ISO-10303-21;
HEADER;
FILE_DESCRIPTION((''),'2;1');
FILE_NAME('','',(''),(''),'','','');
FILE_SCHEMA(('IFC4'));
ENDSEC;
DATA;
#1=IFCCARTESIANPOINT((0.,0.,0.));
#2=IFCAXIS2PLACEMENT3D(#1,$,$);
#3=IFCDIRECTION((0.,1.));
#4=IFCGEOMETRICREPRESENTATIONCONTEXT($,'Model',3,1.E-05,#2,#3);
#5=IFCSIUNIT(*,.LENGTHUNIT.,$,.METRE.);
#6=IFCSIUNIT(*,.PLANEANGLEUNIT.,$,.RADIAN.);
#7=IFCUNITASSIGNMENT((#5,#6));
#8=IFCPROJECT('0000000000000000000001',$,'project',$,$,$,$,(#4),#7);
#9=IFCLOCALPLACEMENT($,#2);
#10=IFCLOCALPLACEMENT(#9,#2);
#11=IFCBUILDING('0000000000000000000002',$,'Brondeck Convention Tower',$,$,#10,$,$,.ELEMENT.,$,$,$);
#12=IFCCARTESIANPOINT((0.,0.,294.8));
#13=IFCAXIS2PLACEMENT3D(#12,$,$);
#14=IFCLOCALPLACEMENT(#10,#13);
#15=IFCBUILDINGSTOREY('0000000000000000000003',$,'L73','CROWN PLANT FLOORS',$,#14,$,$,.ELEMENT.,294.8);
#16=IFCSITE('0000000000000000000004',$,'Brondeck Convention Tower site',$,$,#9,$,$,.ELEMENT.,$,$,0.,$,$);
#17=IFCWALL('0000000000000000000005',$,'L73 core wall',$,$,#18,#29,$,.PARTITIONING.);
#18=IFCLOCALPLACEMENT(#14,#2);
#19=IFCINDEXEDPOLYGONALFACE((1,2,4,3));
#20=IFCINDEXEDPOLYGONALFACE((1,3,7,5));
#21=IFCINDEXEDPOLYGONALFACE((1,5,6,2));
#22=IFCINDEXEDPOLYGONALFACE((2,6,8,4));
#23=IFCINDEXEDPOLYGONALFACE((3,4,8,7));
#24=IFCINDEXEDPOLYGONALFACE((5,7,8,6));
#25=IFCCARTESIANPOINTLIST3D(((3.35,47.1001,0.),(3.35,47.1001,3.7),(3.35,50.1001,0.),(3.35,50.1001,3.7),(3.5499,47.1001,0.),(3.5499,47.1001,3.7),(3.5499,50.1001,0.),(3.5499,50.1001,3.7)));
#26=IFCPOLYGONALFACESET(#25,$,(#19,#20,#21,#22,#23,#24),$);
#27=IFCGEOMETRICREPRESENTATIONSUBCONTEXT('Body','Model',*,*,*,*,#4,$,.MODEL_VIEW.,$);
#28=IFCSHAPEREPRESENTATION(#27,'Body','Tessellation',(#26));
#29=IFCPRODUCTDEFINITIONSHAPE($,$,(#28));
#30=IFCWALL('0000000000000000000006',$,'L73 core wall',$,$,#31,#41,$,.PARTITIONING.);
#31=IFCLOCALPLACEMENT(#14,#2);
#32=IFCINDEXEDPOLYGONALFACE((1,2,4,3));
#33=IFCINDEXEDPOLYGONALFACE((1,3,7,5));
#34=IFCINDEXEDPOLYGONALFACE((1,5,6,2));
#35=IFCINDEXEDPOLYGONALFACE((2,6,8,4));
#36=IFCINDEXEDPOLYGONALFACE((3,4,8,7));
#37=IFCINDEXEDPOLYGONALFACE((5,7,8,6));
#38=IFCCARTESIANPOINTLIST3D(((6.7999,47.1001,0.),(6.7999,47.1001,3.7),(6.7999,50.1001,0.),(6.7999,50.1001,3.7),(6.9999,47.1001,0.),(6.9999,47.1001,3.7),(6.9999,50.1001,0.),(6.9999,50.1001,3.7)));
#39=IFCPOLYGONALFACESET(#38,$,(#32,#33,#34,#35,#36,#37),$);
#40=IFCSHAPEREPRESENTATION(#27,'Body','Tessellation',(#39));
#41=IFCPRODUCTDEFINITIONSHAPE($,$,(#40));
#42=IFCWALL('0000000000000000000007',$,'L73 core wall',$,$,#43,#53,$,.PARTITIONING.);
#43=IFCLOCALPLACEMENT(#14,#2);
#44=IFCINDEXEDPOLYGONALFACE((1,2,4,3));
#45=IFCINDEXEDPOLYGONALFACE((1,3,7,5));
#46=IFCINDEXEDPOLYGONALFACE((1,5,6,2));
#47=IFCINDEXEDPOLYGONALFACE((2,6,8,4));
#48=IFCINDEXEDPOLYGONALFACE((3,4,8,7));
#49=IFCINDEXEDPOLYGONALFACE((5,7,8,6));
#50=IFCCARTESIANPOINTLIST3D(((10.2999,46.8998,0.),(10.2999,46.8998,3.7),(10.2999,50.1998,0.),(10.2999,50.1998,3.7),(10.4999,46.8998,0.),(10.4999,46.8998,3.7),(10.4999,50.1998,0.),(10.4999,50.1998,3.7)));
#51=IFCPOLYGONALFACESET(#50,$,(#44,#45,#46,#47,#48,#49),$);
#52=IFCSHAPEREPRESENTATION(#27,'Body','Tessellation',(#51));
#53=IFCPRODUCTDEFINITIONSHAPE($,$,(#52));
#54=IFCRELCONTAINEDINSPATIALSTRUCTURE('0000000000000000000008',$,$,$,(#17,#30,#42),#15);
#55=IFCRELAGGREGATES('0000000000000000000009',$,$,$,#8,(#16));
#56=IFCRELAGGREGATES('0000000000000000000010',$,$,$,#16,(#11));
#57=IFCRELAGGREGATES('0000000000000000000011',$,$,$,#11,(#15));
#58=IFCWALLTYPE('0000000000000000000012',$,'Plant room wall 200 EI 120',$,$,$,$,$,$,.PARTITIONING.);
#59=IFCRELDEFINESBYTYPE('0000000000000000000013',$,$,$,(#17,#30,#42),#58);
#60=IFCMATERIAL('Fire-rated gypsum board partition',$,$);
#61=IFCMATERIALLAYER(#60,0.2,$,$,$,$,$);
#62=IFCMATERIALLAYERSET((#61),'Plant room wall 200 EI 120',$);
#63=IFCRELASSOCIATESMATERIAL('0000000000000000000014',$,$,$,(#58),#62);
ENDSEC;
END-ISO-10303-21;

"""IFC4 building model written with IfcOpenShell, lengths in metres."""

from ifc_helpers import new_model, si_unit, direction, frame, frame_2d, origin, place, context, subcontext, project, spatial, rectangle, extrude, material, layer, layer_set, type_object, element, save


model = new_model("IFC4")

# Units and contexts
model_context = context("Model", 3, precision=1e-05, world=origin(), true_north=direction((0.0, 1.0)))
body_context = subcontext(model_context, "Body", "Model", "MODEL_VIEW")
ifc_project = project(units=[si_unit("LENGTHUNIT", "METRE"), si_unit("PLANEANGLEUNIT", "RADIAN")], contexts=[model_context])

# Site, building, storey
site_placement = place(None, origin())
site = spatial("IfcSite", under=ifc_project, at=site_placement, Name="Brondeck Convention Tower site", CompositionType="ELEMENT", RefElevation=0.0)
building_placement = place(site_placement, origin())
building = spatial("IfcBuilding", under=site, at=building_placement, Name="Brondeck Convention Tower", CompositionType="ELEMENT")
storey_placement = place(building_placement, frame((0.0, 0.0, 294.8)))
storey = spatial("IfcBuildingStorey", under=building, at=storey_placement, Name="L73", Description="CROWN PLANT FLOORS", CompositionType="ELEMENT", Elevation=294.8)

# Shared definitions
ifc_material_1 = material(Name="Fire-rated gypsum board partition")

# Shared definitions
ifc_layer_1 = layer(ifc_material_1, 0.2)
ifc_layer_set_1 = layer_set([ifc_layer_1], Name="Plant room wall 200 EI 120")
wall_type_1 = type_object("IfcWallType", Name="Plant room wall 200 EI 120", PredefinedType="PARTITIONING", material=ifc_layer_set_1)

# Walls
for number, where, z_axis, x_axis, name in (
    (1, (3.45, 47.1001, 0.0), (0.0, 0.0, 1.0), (0.0, 1.0, 0.0), "L73 core wall"),
    (2, (6.8999, 47.1001, 0.0), (0.0, 0.0, 1.0), (0.0, 1.0, 0.0), "L73 core wall"),
):
    element("IfcWall", number, at=place(storey_placement, frame(where, z_axis=z_axis, x_axis=x_axis)), inside=storey, type_object=wall_type_1, Name=name, PredefinedType="PARTITIONING", context=body_context, shape_type="SweptSolid", body=[
        extrude(rectangle(XDim=3.0, YDim=0.2, at=frame_2d((1.5, 0.0))), origin(), (0.0, 0.0, 1.0), 3.7),
    ])
wall_1_placement = place(storey_placement, frame((10.3999, 46.8999, 0.0), z_axis=(0.0, 0.0, 1.0), x_axis=(0.0, 1.0, 0.0)))
element("IfcWall", 3, at=wall_1_placement, inside=storey, type_object=wall_type_1, Name="L73 core wall", PredefinedType="PARTITIONING", context=body_context, shape_type="SweptSolid", body=[
    extrude(rectangle(XDim=3.3, YDim=0.2, at=frame_2d((1.6499, 0.0))), origin(), (0.0, 0.0, 1.0), 3.7),
])

save(model, "model.ifc")
